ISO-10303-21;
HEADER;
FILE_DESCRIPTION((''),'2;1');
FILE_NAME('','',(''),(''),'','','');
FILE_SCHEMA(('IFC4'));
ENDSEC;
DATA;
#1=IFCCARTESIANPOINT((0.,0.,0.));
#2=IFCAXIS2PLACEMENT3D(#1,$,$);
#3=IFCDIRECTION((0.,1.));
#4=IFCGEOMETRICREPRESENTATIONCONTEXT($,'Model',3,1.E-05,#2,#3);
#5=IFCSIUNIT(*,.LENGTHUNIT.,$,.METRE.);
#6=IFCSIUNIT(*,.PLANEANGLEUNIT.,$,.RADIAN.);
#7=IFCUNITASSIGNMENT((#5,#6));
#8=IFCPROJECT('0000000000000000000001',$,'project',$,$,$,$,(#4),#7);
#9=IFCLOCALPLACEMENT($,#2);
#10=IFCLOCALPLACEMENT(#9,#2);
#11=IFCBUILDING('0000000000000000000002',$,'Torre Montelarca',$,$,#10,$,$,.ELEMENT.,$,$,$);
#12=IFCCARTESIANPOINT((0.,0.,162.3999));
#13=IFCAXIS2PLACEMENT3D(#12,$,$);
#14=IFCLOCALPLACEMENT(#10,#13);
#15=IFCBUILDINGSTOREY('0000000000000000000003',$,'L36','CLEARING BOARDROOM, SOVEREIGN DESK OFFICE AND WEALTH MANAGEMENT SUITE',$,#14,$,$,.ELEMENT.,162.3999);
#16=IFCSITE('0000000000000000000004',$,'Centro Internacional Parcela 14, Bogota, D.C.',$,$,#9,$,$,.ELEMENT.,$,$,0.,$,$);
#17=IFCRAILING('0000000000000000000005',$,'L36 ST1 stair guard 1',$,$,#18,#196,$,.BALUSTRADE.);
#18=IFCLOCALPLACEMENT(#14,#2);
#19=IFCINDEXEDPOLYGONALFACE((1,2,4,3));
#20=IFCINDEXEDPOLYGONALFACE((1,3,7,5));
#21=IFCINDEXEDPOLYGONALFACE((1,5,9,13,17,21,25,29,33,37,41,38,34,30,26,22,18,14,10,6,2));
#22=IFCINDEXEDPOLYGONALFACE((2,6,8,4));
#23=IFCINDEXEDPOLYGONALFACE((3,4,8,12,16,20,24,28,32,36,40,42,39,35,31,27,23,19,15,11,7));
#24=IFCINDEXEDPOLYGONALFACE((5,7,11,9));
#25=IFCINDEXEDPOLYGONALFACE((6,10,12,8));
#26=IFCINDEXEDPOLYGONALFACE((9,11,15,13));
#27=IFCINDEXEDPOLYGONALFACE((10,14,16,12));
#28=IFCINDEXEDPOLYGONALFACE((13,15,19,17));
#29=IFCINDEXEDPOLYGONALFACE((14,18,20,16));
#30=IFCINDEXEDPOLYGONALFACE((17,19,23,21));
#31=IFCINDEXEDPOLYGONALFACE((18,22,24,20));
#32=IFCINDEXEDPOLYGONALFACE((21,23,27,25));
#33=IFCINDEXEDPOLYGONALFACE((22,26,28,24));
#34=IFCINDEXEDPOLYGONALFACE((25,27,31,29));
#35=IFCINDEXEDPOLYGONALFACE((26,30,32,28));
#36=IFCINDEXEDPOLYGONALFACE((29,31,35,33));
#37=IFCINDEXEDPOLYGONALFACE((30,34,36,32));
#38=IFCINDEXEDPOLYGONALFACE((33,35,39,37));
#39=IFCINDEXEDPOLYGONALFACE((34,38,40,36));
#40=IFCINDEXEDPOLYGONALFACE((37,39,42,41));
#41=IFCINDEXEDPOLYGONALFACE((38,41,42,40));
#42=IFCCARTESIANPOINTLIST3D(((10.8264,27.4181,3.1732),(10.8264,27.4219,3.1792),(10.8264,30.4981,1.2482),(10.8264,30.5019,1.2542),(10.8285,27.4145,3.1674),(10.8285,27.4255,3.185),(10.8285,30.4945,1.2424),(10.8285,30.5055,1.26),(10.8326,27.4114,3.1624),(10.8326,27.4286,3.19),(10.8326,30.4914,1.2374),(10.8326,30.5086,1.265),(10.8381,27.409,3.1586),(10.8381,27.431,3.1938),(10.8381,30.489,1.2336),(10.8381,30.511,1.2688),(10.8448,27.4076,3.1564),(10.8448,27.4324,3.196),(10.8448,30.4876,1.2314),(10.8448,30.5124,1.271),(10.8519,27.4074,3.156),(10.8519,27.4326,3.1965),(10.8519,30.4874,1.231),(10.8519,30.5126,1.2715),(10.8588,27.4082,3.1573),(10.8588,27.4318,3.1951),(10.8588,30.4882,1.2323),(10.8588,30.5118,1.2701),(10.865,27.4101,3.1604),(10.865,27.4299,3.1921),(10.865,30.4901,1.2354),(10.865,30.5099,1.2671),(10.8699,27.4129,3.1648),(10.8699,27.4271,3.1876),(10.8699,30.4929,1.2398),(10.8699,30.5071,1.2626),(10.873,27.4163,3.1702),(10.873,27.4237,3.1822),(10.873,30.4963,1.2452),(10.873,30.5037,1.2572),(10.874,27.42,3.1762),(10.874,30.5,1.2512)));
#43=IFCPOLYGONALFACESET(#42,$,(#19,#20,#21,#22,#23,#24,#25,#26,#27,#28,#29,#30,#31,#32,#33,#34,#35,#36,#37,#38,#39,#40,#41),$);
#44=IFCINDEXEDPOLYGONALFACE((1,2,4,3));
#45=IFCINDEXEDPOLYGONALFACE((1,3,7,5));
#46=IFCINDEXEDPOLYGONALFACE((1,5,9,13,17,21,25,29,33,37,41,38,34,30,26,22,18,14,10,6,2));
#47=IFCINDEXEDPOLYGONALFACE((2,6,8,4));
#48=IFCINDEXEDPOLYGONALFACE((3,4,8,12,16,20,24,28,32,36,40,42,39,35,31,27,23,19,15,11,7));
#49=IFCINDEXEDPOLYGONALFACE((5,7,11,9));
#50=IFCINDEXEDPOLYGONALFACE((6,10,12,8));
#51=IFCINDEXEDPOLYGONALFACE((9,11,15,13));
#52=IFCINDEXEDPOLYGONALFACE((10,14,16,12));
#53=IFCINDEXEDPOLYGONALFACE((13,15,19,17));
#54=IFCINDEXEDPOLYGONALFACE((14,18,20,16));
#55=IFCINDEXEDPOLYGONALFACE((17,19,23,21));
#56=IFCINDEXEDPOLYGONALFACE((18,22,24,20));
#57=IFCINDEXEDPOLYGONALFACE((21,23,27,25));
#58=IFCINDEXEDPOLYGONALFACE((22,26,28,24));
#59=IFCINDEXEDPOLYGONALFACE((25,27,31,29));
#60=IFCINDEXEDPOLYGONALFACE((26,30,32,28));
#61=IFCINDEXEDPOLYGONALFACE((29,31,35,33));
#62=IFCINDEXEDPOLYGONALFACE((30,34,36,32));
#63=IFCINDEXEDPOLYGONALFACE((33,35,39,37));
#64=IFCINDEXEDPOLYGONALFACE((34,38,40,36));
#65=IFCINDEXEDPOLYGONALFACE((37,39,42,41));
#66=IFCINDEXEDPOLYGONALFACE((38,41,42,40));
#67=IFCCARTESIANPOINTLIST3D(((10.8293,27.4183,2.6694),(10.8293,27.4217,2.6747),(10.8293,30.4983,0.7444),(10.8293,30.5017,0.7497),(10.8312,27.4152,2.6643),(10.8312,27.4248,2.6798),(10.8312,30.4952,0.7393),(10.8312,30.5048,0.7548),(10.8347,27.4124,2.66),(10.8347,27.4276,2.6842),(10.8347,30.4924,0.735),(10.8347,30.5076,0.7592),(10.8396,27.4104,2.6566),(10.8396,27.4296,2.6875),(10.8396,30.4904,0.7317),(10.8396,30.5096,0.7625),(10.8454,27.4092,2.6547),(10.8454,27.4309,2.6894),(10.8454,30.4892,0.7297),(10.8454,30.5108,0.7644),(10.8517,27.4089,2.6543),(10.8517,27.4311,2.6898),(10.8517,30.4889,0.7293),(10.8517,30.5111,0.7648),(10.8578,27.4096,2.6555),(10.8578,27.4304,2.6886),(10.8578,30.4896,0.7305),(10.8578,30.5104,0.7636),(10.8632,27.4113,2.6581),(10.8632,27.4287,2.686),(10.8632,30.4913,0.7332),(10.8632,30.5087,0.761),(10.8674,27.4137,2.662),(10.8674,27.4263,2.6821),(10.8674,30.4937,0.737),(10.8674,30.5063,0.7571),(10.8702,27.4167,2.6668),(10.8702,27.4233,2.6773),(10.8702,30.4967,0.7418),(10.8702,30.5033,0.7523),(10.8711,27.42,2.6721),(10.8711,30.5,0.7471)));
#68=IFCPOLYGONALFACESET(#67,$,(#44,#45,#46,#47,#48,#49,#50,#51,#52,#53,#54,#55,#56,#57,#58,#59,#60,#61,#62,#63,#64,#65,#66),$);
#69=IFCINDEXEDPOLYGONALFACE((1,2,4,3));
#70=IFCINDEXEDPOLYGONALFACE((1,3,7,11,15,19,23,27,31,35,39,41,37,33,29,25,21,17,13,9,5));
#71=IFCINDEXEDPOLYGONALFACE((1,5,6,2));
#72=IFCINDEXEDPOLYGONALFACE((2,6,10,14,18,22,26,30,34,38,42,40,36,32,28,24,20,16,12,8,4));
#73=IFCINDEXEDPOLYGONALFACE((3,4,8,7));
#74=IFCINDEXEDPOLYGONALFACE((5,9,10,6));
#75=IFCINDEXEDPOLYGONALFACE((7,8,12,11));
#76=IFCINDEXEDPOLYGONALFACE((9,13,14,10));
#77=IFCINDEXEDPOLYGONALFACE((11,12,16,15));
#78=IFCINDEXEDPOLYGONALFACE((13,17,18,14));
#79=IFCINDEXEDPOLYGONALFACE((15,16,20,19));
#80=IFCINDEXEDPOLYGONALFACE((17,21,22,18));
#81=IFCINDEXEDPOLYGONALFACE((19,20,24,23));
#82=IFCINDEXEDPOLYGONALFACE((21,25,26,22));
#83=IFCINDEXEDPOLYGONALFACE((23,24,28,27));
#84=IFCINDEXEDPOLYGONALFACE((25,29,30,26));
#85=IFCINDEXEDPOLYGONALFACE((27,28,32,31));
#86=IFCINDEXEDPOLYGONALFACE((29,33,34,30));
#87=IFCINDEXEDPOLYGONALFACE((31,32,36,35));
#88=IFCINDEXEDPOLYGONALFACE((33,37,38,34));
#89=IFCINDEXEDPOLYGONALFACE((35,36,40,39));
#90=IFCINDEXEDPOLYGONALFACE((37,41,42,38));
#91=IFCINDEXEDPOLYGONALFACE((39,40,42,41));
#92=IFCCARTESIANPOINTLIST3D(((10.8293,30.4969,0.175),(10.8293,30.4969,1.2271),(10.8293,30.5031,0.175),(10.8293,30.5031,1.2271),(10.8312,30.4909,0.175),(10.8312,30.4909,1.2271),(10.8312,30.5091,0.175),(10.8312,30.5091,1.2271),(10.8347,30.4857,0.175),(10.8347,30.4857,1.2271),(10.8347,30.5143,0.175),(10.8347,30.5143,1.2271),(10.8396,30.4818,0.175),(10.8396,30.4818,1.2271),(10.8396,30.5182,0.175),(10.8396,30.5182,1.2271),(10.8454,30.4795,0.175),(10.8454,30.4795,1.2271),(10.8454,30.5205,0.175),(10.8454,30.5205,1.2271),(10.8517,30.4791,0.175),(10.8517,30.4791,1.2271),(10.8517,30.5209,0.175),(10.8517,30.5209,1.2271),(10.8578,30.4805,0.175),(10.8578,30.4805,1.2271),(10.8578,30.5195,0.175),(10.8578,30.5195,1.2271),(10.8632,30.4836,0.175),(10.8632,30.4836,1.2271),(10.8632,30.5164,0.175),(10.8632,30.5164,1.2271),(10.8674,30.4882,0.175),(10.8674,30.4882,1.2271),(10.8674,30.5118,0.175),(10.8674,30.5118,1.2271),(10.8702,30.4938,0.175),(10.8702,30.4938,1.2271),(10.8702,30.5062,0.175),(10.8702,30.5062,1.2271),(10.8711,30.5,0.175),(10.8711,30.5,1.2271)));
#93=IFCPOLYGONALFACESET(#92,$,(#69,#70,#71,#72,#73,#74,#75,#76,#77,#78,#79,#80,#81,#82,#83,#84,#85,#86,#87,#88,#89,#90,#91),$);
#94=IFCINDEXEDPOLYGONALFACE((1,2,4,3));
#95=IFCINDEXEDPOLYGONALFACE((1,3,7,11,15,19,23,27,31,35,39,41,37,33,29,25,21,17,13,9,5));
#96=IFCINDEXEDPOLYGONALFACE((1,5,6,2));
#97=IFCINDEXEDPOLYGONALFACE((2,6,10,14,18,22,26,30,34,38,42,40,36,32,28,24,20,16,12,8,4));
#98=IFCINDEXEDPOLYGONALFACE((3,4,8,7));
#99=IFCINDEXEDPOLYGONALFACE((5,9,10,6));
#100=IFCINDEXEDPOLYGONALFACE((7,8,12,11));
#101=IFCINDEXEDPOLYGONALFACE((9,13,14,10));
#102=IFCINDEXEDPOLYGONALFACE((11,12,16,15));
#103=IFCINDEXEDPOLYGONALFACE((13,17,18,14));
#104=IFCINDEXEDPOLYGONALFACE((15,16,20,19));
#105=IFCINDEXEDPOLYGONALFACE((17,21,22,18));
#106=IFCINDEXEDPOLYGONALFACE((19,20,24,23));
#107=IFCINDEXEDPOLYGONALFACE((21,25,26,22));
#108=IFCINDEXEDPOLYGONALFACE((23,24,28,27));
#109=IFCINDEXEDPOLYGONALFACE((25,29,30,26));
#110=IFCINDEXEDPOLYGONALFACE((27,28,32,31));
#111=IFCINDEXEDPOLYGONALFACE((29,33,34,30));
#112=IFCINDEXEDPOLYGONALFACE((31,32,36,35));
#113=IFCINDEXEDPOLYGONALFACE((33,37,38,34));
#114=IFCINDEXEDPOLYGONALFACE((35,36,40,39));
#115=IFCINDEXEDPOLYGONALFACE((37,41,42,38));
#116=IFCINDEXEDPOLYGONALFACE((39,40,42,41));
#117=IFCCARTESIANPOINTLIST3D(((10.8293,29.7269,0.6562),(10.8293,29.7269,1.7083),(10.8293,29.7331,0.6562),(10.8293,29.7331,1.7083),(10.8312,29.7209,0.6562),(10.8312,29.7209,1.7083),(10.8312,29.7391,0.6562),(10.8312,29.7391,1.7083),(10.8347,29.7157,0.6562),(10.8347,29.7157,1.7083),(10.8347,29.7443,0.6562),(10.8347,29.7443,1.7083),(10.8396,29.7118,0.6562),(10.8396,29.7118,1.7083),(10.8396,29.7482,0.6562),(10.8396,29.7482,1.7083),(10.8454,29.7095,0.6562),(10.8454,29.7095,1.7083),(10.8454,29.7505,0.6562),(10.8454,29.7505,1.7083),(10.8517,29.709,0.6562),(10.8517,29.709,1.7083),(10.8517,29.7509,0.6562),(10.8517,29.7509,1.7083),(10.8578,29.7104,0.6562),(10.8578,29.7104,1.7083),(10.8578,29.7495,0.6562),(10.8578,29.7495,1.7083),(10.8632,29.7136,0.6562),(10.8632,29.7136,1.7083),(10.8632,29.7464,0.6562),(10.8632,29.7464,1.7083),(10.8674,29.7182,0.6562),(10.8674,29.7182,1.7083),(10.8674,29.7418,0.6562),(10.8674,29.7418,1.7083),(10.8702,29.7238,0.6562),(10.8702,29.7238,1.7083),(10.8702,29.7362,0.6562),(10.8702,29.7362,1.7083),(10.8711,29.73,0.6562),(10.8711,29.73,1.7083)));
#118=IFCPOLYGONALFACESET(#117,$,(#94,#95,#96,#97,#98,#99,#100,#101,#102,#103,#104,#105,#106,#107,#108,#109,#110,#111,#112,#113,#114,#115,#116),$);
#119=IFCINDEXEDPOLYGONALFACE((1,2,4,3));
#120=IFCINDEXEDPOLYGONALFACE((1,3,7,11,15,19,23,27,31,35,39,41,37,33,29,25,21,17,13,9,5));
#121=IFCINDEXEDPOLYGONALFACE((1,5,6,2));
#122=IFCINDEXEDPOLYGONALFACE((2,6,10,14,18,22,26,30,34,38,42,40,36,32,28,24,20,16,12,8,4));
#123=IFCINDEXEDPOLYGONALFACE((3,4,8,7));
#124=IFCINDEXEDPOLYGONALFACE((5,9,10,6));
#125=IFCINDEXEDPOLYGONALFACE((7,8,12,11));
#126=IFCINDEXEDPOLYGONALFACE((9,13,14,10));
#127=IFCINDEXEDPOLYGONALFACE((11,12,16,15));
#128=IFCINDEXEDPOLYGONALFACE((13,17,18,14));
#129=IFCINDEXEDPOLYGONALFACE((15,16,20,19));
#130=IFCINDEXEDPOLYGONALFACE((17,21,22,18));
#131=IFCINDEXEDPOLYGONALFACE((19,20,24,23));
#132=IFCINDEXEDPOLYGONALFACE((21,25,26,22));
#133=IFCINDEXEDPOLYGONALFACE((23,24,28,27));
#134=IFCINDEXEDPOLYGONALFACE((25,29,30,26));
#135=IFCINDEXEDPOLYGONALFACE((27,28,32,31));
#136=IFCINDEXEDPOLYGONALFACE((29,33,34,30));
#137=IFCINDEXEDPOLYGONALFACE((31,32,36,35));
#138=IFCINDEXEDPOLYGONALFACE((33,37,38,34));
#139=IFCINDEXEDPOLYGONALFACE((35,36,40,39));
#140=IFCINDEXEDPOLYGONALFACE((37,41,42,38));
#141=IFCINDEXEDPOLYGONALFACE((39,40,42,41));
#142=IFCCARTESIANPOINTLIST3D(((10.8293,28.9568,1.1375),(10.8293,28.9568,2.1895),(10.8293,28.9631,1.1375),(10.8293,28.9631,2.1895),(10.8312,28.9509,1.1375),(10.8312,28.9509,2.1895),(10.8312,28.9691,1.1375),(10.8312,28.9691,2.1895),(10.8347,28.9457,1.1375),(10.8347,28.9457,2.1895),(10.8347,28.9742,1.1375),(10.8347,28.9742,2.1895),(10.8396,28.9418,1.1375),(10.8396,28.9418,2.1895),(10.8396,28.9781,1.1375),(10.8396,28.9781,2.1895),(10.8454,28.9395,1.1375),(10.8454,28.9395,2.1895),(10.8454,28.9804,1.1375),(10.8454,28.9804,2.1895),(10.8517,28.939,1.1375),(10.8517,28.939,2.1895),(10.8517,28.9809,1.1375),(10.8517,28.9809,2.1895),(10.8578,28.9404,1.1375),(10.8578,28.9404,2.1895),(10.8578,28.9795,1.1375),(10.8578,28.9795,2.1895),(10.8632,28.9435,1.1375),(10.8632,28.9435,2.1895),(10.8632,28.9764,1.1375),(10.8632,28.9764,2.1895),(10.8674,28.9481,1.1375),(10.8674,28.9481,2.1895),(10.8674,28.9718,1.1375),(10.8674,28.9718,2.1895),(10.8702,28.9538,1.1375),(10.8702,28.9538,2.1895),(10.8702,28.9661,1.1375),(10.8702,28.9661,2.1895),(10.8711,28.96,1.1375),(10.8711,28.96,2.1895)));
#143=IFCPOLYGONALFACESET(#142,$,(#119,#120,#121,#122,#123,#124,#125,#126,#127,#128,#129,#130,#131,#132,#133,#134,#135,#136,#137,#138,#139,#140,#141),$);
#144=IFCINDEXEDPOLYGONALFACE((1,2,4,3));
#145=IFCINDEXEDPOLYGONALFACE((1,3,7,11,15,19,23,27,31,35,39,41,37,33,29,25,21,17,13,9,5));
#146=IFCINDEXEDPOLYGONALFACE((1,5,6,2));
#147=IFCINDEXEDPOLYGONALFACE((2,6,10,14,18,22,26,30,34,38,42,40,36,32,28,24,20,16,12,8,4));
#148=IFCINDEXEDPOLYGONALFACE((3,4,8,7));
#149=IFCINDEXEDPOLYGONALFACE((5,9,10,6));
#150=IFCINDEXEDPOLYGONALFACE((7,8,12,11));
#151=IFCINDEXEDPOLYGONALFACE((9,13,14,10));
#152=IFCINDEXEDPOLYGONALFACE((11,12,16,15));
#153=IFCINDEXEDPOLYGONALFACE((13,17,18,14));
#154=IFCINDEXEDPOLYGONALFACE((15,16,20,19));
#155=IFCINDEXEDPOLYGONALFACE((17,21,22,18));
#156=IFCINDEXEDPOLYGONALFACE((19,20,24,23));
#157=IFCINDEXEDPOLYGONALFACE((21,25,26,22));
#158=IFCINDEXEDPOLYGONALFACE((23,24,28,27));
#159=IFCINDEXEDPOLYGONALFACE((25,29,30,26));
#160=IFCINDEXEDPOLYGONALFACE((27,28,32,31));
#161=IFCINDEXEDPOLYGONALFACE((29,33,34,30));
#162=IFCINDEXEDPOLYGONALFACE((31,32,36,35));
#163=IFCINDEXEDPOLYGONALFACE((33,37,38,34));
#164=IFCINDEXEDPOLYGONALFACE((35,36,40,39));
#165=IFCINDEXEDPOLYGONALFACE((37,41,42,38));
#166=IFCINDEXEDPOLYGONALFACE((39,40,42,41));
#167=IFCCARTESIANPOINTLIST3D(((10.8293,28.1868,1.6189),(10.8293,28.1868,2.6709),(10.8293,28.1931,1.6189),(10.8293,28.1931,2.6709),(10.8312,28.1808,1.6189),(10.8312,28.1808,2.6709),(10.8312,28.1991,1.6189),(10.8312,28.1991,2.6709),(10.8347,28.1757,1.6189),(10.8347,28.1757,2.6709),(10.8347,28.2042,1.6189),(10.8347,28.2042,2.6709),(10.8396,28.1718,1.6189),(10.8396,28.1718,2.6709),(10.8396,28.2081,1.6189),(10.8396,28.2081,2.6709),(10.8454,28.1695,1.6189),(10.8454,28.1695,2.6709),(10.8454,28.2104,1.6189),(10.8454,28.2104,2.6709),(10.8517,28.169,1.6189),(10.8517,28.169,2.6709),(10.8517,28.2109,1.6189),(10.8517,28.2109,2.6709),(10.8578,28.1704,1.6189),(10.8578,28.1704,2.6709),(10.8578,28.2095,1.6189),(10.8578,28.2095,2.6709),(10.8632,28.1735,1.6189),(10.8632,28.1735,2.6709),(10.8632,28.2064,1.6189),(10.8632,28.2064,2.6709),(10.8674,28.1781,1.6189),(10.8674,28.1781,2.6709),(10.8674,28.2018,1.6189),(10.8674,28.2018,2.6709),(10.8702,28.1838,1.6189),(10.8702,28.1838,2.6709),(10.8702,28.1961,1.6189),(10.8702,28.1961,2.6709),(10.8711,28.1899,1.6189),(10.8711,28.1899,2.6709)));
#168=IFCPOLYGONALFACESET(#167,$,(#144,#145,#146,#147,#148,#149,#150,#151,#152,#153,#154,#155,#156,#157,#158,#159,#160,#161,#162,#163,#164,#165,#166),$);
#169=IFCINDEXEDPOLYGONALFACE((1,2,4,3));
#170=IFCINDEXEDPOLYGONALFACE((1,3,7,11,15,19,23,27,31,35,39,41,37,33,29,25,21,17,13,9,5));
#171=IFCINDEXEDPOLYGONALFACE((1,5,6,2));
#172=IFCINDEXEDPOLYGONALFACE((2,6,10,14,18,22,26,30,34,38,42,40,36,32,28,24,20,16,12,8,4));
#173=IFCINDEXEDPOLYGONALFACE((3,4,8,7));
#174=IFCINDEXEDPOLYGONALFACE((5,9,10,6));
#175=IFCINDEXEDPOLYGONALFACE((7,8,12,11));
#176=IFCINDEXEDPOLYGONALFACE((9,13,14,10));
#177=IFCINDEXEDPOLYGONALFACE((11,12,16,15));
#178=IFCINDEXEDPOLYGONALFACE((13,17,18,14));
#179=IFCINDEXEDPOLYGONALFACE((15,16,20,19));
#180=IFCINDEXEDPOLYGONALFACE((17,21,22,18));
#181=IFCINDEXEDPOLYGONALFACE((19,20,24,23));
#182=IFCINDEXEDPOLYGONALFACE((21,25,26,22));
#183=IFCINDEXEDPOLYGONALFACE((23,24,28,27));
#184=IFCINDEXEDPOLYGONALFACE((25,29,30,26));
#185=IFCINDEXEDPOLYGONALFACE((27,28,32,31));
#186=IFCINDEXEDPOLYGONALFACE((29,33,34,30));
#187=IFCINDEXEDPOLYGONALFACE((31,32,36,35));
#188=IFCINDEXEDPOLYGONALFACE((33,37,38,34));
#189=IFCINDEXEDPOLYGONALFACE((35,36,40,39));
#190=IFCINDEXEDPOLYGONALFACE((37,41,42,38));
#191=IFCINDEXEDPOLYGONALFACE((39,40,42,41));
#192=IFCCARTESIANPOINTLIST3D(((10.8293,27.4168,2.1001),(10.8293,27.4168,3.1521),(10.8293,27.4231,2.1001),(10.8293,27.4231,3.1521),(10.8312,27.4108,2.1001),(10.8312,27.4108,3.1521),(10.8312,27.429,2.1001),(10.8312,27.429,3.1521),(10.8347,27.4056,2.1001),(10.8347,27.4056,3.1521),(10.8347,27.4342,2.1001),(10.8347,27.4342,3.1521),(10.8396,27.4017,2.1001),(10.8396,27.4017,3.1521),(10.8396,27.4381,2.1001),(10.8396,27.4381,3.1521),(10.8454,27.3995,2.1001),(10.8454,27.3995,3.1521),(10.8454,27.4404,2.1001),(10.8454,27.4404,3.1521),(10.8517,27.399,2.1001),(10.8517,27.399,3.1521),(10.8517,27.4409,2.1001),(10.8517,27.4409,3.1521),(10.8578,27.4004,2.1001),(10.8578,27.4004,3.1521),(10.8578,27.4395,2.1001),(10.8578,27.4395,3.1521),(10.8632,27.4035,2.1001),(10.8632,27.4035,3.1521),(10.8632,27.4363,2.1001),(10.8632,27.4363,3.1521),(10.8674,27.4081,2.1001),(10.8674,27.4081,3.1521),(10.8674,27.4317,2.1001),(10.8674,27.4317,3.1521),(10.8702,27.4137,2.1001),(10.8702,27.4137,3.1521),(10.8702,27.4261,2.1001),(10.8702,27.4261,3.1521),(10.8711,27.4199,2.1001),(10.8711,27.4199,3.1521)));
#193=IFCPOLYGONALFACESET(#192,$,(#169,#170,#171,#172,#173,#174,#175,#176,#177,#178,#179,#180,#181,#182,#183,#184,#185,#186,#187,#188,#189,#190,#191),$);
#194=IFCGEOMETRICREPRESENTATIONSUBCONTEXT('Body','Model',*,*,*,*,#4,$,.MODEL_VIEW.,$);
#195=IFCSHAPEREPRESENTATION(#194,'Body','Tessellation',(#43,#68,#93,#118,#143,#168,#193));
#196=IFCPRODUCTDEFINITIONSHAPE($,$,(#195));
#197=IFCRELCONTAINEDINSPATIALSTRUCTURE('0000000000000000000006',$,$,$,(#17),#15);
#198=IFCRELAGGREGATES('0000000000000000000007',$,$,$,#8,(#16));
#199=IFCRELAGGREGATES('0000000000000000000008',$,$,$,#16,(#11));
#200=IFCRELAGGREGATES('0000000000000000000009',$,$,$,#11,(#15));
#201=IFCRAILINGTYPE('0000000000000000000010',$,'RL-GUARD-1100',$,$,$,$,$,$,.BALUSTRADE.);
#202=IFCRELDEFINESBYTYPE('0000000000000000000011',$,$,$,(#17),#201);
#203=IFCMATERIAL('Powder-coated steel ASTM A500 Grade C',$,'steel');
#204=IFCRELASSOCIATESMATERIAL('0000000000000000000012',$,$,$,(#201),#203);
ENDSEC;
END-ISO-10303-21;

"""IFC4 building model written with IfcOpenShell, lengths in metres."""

from ifc_helpers import new_model, si_unit, direction, frame, origin, origin_2d, place, context, subcontext, project, spatial, circle, extrude, material, type_object, element, save


model = new_model("IFC4")

# Units and contexts
model_context = context("Model", 3, precision=1e-05, world=origin(), true_north=direction((0.0, 1.0)))
body_context = subcontext(model_context, "Body", "Model", "MODEL_VIEW")
ifc_project = project(units=[si_unit("LENGTHUNIT", "METRE"), si_unit("PLANEANGLEUNIT", "RADIAN")], contexts=[model_context])

# Site, building, storey
site_placement = place(None, origin())
site = spatial("IfcSite", under=ifc_project, at=site_placement, Name="Centro Internacional Parcela 14, Bogota, D.C.", CompositionType="ELEMENT", RefElevation=0.0)
building_placement = place(site_placement, origin())
building = spatial("IfcBuilding", under=site, at=building_placement, Name="Torre Montelarca", CompositionType="ELEMENT")
storey_placement = place(building_placement, frame((0.0, 0.0, 162.3999)))
storey = spatial("IfcBuildingStorey", under=building, at=storey_placement, Name="L36", Description="CLEARING BOARDROOM, SOVEREIGN DESK OFFICE AND WEALTH MANAGEMENT SUITE", CompositionType="ELEMENT", Elevation=162.3999)

# Railing
ifc_material_1 = material(Name="Powder-coated steel ASTM A500 Grade C", Category="steel")
railing_type = type_object("IfcRailingType", Name="RL-GUARD-1100", PredefinedType="BALUSTRADE", material=ifc_material_1)
railing_1_placement = place(storey_placement, frame((10.8501, 30.5, 0.175)))
element("IfcRailing", 1, at=railing_1_placement, inside=storey, type_object=railing_type, Name="L36 ST1 stair guard 1", PredefinedType="BALUSTRADE", context=body_context, shape_type="SweptSolid", body=[
    extrude(circle(Radius=0.0239, at=origin_2d()), frame((0.0, 0.0, 1.0762), z_axis=(0.0, -0.847998, 0.529999), x_axis=(1.0, 0.0, 0.0)), (0.0, 0.0, 1.0), 3.6321),
    extrude(circle(Radius=0.021, at=origin_2d()), frame((0.0, 0.0, 0.572), z_axis=(0.0, -0.847998, 0.529999), x_axis=(1.0, 0.0, 0.0)), (0.0, 0.0, 1.0), 3.6321),
    extrude(circle(Radius=0.021, at=origin_2d()), origin(), (0.0, 0.0, 1.0), 1.052),
    extrude(circle(Radius=0.021, at=origin_2d()), frame((0.0, -0.77, 0.4812)), (0.0, 0.0, 1.0), 1.052),
    extrude(circle(Radius=0.021, at=origin_2d()), frame((0.0, -1.54, 0.9624)), (0.0, 0.0, 1.0), 1.052),
    extrude(circle(Radius=0.021, at=origin_2d()), frame((0.0, -2.3101, 1.4438)), (0.0, 0.0, 1.0), 1.052),
    extrude(circle(Radius=0.021, at=origin_2d()), frame((0.0, -3.0801, 1.925)), (0.0, 0.0, 1.0), 1.052),
])

save(model, "model.ifc")
